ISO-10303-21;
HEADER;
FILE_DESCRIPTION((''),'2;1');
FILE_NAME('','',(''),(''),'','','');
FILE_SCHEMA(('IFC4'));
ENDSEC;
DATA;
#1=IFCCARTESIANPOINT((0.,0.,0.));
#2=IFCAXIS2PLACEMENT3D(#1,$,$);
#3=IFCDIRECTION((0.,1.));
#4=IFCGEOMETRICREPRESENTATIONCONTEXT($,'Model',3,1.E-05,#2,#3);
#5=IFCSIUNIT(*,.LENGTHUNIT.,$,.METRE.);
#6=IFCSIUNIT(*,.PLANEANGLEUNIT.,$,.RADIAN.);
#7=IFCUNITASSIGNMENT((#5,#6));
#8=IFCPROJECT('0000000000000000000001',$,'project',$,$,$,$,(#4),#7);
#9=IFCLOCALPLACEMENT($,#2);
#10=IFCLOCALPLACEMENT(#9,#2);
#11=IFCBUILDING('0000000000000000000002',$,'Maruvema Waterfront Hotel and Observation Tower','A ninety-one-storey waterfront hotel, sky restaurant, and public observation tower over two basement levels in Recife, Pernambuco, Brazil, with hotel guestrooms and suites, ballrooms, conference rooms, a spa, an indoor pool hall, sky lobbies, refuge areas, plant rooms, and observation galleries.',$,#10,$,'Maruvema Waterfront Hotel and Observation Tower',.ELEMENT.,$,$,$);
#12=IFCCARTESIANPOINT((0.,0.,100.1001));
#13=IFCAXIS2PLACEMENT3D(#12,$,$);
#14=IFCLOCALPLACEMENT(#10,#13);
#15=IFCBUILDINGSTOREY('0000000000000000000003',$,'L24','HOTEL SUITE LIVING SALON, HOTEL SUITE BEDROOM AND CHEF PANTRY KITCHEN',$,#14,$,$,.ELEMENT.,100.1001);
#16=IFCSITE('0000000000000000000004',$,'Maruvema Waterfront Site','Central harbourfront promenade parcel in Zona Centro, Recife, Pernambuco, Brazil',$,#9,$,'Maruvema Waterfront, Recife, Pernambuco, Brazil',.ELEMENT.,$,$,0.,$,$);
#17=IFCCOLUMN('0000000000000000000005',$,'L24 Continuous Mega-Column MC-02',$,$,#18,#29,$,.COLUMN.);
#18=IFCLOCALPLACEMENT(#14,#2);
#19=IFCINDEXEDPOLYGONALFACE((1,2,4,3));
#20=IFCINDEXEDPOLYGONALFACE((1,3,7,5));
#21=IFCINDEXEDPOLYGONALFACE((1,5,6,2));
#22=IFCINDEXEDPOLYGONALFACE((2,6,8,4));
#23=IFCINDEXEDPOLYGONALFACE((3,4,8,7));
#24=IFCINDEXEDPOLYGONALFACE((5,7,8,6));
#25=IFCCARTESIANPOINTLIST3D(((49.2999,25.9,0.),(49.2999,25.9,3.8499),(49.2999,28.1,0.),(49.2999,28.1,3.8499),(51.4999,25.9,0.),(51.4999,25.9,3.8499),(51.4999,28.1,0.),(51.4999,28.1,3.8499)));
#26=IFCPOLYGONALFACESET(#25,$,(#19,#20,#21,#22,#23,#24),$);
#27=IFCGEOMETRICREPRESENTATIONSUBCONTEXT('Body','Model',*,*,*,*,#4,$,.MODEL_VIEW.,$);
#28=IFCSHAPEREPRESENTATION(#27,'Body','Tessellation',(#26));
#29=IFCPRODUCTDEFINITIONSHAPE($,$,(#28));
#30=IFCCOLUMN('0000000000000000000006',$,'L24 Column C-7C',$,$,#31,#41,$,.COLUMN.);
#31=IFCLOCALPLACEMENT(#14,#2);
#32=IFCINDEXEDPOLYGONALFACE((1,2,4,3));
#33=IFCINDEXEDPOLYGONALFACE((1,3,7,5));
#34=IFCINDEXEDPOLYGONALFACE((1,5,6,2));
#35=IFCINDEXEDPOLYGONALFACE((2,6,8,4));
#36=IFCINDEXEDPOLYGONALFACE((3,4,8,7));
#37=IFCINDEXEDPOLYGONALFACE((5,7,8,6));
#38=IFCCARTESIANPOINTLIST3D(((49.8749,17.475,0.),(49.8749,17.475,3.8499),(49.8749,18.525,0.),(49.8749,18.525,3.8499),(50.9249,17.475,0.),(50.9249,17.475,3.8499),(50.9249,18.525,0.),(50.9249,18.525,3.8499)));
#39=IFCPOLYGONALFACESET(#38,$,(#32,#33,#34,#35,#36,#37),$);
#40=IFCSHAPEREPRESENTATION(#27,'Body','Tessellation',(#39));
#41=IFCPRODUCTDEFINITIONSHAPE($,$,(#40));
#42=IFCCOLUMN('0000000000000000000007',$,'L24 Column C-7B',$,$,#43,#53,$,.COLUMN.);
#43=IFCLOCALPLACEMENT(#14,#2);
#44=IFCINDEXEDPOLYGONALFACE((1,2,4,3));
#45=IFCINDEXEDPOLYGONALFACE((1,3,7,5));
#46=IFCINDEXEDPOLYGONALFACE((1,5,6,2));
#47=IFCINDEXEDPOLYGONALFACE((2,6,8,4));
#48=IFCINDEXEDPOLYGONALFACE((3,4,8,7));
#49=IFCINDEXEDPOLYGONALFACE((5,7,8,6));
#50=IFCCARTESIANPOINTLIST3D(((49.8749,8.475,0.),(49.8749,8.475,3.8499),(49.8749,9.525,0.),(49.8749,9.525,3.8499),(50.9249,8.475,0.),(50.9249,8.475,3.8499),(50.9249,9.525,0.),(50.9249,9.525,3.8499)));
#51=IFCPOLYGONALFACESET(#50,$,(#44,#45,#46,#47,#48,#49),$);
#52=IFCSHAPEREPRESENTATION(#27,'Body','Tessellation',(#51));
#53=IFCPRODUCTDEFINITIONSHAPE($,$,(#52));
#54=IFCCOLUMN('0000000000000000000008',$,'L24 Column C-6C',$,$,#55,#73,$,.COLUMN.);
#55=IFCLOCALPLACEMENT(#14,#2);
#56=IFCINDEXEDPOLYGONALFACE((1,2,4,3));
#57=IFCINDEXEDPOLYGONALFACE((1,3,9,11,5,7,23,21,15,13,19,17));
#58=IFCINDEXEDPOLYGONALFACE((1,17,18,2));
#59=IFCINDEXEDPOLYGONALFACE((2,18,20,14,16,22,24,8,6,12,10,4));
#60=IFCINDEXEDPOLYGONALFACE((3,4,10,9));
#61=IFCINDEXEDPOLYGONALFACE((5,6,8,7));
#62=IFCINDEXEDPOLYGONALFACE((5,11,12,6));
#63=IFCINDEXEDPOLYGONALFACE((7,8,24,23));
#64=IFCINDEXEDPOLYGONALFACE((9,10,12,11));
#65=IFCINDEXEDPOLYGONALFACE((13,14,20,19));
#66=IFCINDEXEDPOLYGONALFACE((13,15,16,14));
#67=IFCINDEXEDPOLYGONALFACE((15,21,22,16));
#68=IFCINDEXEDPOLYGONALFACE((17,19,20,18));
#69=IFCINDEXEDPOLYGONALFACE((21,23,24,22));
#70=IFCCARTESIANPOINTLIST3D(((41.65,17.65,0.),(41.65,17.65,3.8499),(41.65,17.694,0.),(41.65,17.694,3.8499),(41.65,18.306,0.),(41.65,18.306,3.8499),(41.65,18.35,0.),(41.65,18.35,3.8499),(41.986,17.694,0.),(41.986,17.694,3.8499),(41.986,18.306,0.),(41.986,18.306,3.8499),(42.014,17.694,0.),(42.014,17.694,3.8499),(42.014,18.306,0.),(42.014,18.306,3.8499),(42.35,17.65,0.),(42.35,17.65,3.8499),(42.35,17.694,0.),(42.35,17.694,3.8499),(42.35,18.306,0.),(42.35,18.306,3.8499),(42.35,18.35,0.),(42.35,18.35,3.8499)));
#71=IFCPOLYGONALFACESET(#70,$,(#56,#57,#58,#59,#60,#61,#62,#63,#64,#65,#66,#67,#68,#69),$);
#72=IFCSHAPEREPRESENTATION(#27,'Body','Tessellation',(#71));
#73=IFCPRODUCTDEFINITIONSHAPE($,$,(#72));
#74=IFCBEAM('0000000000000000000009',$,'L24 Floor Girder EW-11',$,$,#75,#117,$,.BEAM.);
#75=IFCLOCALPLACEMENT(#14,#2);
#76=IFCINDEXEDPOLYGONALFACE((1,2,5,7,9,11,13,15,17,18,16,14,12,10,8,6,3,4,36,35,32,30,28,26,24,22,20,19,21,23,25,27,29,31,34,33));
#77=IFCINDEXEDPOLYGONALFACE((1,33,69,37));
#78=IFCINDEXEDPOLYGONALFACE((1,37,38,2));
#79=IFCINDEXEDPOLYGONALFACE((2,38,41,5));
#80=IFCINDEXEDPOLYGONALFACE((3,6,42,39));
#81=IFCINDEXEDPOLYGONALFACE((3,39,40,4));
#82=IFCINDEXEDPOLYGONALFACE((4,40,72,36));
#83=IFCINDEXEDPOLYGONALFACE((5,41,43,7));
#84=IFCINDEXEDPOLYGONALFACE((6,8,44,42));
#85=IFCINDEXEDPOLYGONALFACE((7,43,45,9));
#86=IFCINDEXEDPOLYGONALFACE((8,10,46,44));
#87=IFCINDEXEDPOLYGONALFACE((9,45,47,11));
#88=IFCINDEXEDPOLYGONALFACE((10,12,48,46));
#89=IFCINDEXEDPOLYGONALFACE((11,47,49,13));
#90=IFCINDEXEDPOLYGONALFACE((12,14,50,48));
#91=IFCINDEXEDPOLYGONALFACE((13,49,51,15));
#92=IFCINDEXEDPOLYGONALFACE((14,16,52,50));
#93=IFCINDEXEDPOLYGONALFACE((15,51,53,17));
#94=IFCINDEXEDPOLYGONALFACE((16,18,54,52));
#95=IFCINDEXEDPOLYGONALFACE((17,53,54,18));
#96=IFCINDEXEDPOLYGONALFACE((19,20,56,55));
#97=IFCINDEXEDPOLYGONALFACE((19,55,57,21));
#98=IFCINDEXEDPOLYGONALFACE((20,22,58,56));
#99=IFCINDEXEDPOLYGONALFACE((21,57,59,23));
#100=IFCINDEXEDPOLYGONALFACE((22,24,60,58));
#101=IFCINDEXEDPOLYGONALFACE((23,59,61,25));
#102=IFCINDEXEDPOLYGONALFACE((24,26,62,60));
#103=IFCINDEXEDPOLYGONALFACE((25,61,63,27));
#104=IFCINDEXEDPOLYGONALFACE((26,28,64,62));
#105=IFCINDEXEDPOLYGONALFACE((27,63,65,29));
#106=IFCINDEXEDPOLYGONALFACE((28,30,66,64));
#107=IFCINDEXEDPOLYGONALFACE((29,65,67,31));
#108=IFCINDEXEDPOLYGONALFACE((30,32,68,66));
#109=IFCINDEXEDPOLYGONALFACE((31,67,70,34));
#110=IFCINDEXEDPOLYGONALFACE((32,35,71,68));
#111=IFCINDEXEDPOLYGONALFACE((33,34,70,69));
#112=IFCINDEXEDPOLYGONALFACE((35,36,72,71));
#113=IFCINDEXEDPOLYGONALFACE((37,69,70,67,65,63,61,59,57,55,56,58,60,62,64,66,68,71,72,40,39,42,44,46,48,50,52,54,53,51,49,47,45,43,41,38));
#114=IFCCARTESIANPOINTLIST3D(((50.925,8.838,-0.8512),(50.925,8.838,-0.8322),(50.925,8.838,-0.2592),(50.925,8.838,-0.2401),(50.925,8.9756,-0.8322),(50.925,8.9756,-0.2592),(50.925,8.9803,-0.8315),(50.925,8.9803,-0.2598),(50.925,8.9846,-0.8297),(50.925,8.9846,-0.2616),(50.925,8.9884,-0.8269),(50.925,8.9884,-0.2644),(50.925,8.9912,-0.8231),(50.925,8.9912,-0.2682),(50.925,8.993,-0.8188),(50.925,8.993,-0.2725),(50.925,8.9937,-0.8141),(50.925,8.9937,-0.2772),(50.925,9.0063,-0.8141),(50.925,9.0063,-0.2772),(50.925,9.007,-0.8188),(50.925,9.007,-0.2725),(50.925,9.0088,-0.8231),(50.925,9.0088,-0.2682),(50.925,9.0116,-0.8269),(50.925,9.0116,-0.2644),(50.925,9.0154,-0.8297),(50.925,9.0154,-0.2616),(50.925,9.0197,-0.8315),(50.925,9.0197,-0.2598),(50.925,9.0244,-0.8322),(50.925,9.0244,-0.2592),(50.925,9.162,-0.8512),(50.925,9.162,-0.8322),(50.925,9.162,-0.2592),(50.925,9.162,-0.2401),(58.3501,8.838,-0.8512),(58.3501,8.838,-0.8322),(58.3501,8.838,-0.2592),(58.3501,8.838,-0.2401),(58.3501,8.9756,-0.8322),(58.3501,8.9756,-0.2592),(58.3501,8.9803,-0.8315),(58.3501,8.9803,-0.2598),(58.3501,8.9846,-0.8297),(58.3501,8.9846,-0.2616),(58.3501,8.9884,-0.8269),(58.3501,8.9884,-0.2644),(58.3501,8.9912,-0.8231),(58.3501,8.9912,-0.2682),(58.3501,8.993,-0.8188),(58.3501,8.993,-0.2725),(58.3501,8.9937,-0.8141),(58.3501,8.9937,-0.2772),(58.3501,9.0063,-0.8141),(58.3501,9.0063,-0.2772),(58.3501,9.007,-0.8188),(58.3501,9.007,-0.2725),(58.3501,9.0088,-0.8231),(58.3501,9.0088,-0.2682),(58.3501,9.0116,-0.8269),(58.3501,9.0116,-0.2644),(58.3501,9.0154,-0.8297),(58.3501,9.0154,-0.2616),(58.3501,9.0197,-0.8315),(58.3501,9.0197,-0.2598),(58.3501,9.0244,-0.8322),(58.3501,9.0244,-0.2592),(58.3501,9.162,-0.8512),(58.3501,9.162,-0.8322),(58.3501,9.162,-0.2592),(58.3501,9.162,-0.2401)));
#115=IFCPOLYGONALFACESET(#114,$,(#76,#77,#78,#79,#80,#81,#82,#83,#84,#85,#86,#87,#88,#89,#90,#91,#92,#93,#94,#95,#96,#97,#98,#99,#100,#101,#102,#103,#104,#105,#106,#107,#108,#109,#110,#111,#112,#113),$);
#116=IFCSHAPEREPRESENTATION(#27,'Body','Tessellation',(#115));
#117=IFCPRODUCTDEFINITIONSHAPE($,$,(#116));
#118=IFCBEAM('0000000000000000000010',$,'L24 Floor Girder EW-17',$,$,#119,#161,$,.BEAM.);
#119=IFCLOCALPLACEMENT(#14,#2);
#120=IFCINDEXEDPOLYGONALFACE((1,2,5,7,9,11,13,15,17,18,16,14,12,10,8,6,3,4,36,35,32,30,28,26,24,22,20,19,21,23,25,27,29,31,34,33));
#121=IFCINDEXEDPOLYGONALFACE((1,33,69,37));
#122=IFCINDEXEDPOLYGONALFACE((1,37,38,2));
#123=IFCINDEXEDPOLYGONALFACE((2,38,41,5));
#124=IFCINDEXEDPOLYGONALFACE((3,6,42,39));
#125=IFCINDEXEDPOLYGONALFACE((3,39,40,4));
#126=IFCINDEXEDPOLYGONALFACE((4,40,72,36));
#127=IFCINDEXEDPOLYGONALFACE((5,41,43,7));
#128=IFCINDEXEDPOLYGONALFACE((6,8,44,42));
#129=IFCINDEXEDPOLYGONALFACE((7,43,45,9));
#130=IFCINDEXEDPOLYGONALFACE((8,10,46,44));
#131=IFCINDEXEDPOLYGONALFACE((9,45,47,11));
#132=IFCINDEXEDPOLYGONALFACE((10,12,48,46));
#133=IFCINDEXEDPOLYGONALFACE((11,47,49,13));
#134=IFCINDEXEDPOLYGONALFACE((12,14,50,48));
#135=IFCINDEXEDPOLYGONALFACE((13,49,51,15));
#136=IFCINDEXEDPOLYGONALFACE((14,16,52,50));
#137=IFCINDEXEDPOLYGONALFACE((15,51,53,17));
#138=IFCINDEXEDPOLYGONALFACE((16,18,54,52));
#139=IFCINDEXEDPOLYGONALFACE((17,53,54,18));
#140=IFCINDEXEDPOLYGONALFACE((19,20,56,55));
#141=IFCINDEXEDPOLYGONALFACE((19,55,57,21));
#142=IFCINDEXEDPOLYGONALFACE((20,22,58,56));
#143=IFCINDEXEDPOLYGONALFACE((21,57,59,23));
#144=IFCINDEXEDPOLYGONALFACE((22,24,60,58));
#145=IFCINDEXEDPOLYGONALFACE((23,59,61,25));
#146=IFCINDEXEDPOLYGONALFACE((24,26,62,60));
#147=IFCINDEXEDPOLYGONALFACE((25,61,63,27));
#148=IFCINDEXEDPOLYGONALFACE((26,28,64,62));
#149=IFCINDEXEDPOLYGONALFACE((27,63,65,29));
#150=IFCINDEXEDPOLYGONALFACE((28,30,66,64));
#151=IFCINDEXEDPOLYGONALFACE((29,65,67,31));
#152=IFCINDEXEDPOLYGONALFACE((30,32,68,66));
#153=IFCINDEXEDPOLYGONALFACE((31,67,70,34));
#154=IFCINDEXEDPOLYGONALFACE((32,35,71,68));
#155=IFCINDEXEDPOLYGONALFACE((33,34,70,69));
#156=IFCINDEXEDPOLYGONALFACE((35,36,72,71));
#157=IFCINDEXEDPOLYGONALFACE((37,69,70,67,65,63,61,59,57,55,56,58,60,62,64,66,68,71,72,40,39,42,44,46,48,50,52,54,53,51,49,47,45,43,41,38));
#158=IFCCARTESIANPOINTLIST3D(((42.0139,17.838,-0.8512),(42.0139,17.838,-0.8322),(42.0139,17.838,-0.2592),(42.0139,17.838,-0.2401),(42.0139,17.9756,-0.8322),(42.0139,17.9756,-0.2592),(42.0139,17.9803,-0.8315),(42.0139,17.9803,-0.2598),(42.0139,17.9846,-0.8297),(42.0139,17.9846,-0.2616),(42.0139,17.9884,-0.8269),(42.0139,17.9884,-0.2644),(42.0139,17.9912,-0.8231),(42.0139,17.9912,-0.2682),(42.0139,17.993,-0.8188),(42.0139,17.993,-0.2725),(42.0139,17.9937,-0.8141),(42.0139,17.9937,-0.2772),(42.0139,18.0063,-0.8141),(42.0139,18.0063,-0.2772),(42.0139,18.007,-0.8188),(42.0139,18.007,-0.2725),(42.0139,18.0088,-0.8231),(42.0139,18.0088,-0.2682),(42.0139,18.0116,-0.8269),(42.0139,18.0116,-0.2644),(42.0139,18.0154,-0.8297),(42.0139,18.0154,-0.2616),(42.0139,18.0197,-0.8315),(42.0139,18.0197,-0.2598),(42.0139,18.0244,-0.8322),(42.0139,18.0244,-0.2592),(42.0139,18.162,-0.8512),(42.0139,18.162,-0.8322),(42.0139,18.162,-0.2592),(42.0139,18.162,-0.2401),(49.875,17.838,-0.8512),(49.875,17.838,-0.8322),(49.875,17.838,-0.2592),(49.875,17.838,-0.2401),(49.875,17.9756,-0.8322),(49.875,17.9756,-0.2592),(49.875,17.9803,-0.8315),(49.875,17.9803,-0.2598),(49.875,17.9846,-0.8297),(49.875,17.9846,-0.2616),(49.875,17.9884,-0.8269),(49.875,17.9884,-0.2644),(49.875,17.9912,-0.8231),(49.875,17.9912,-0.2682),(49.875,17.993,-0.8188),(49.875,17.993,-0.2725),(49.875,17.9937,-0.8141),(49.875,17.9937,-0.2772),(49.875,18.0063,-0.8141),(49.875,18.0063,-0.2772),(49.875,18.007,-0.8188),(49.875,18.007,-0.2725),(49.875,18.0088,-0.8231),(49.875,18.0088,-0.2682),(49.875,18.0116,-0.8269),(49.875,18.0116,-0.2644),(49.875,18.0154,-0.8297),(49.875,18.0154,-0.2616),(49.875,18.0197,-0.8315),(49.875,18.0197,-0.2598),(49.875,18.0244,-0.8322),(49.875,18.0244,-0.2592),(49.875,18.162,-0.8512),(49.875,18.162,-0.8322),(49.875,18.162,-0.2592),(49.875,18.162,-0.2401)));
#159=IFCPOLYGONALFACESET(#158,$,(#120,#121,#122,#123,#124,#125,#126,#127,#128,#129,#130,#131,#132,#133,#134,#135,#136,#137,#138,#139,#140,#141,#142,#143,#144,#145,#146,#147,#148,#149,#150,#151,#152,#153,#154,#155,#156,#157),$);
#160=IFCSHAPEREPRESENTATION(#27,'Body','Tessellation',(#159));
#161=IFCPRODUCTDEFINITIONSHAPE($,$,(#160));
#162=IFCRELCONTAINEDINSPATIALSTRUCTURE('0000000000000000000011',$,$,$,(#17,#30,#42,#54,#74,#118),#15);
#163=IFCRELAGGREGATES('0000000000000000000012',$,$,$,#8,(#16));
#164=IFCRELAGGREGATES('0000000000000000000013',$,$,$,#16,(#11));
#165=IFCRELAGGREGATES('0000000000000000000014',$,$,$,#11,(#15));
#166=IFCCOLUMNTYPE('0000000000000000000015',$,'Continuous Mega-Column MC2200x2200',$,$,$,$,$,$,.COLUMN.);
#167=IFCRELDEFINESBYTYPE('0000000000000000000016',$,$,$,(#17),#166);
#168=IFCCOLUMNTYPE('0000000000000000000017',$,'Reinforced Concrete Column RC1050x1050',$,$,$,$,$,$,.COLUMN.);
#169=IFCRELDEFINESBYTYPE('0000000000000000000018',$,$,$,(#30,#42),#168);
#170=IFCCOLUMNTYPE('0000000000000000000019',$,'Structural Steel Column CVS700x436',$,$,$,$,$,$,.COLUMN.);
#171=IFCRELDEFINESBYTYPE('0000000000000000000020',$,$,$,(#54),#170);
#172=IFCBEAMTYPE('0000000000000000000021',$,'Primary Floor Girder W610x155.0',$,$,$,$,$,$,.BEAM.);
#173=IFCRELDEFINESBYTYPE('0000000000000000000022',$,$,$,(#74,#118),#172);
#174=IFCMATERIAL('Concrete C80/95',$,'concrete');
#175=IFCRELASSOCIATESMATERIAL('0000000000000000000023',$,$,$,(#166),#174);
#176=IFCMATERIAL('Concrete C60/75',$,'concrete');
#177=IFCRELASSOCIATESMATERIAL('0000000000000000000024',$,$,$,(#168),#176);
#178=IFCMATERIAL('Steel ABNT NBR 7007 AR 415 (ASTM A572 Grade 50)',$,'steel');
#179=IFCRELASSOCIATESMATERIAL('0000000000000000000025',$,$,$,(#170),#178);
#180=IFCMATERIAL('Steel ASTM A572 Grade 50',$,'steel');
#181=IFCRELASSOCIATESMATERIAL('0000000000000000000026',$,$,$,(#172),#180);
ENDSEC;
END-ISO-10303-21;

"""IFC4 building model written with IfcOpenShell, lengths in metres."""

from ifc_helpers import new_model, si_unit, direction, frame, origin, origin_2d, place, context, subcontext, project, spatial, rectangle, i_section, extrude, material, material_profile, profile_set, type_object, element, save


model = new_model("IFC4")

# Units and contexts
model_context = context("Model", 3, precision=1e-05, world=origin(), true_north=direction((0.0, 1.0)))
body_context = subcontext(model_context, "Body", "Model", "MODEL_VIEW")
ifc_project = project(units=[si_unit("LENGTHUNIT", "METRE"), si_unit("PLANEANGLEUNIT", "RADIAN")], contexts=[model_context])

# Site, building, storey
site_placement = place(None, origin())
site = spatial("IfcSite", under=ifc_project, at=site_placement, Name="Maruvema Waterfront Site", Description="Central harbourfront promenade parcel in Zona Centro, Recife, Pernambuco, Brazil", LongName="Maruvema Waterfront, Recife, Pernambuco, Brazil", CompositionType="ELEMENT", RefElevation=0.0)
building_placement = place(site_placement, origin())
building = spatial("IfcBuilding", under=site, at=building_placement, Name="Maruvema Waterfront Hotel and Observation Tower", Description="A ninety-one-storey waterfront hotel, sky restaurant, and public observation tower over two basement levels in Recife, Pernambuco, Brazil, with hotel guestrooms and suites, ballrooms, conference rooms, a spa, an indoor pool hall, sky lobbies, refuge areas, plant rooms, and observation galleries.", LongName="Maruvema Waterfront Hotel and Observation Tower", CompositionType="ELEMENT")
storey_placement = place(building_placement, frame((0.0, 0.0, 100.1001)))
storey = spatial("IfcBuildingStorey", under=building, at=storey_placement, Name="L24", Description="HOTEL SUITE LIVING SALON, HOTEL SUITE BEDROOM AND CHEF PANTRY KITCHEN", CompositionType="ELEMENT", Elevation=100.1001)

# Columns
ifc_material_1 = material(Name="Concrete C80/95", Category="concrete")
ifc_material_profile_1 = material_profile(ifc_material_1, rectangle(XDim=2.2, YDim=2.2, at=origin_2d()), Name="MC2200x2200")
ifc_profile_set_1 = profile_set([ifc_material_profile_1], Name="Concrete C80/95")
column_type_1 = type_object("IfcColumnType", Name="Continuous Mega-Column MC2200x2200", PredefinedType="COLUMN", material=ifc_profile_set_1)
column_1_placement = place(storey_placement, frame((50.3999, 27.0, 0.0), z_axis=(0.0, 0.0, 1.0), x_axis=(1.0, 0.0, 0.0)))
element("IfcColumn", 1, at=column_1_placement, inside=storey, type_object=column_type_1, Name="L24 Continuous Mega-Column MC-02", PredefinedType="COLUMN", context=body_context, shape_type="SweptSolid", body=[
    extrude(rectangle(XDim=2.2, YDim=2.2, at=origin_2d()), origin(), (0.0, 0.0, 1.0), 3.8499),
])
ifc_material_2 = material(Name="Concrete C60/75", Category="concrete")
ifc_material_profile_2 = material_profile(ifc_material_2, rectangle(XDim=1.05, YDim=1.05, at=origin_2d()), Name="RC1050x1050")
ifc_profile_set_2 = profile_set([ifc_material_profile_2], Name="Concrete C60/75")
column_type_2 = type_object("IfcColumnType", Name="Reinforced Concrete Column RC1050x1050", PredefinedType="COLUMN", material=ifc_profile_set_2)
for number, where, z_axis, x_axis, name in (
    (2, (50.3999, 18.0, 0.0), (0.0, 0.0, 1.0), (1.0, 0.0, 0.0), "L24 Column C-7C"),
    (3, (50.3999, 9.0, 0.0), (0.0, 0.0, 1.0), (1.0, 0.0, 0.0), "L24 Column C-7B"),
):
    element("IfcColumn", number, at=place(storey_placement, frame(where, z_axis=z_axis, x_axis=x_axis)), inside=storey, type_object=column_type_2, Name=name, PredefinedType="COLUMN", context=body_context, shape_type="SweptSolid", body=[
        extrude(rectangle(XDim=1.05, YDim=1.05, at=origin_2d()), origin(), (0.0, 0.0, 1.0), 3.8499),
    ])
ifc_material_3 = material(Name="Steel ABNT NBR 7007 AR 415 (ASTM A572 Grade 50)", Category="steel")
ifc_material_profile_3 = material_profile(ifc_material_3, i_section(OverallWidth=0.7, OverallDepth=0.7, WebThickness=0.0281, FlangeThickness=0.0439, at=origin_2d()), Name="CVS700x436")
ifc_profile_set_3 = profile_set([ifc_material_profile_3], Name="Steel ABNT NBR 7007 AR 415 (ASTM A572 Grade 50)")
column_type_3 = type_object("IfcColumnType", Name="Structural Steel Column CVS700x436", PredefinedType="COLUMN", material=ifc_profile_set_3)
column_2_placement = place(storey_placement, frame((42.0, 18.0, 0.0), z_axis=(0.0, 0.0, 1.0), x_axis=(1.0, 0.0, 0.0)))
element("IfcColumn", 4, at=column_2_placement, inside=storey, type_object=column_type_3, Name="L24 Column C-6C", PredefinedType="COLUMN", context=body_context, shape_type="SweptSolid", body=[
    extrude(i_section(OverallWidth=0.7, OverallDepth=0.7, WebThickness=0.0281, FlangeThickness=0.0439, at=origin_2d()), origin(), (0.0, 0.0, 1.0), 3.8499),
])

# Beams
ifc_material_4 = material(Name="Steel ASTM A572 Grade 50", Category="steel")
ifc_material_profile_4 = material_profile(ifc_material_4, i_section(OverallWidth=0.324, OverallDepth=0.6111, WebThickness=0.0127, FlangeThickness=0.019, FilletRadius=0.0181, at=origin_2d()), Name="W610x155.0")
ifc_profile_set_4 = profile_set([ifc_material_profile_4], Name="Steel ASTM A572 Grade 50")
beam_type_1 = type_object("IfcBeamType", Name="Primary Floor Girder W610x155.0", PredefinedType="BEAM", material=ifc_profile_set_4)
beam_1_placement = place(storey_placement, frame((50.925, 9.0, -0.5457), z_axis=(1.0, 0.0, 0.0), x_axis=(0.0, 1.0, 0.0)))
element("IfcBeam", 5, at=beam_1_placement, inside=storey, type_object=beam_type_1, Name="L24 Floor Girder EW-11", PredefinedType="BEAM", context=body_context, shape_type="SweptSolid", body=[
    extrude(i_section(OverallWidth=0.324, OverallDepth=0.6111, WebThickness=0.0127, FlangeThickness=0.019, FilletRadius=0.0181, at=origin_2d()), origin(), (0.0, 0.0, 1.0), 7.425),
])
beam_2_placement = place(storey_placement, frame((42.0139, 18.0, -0.5457), z_axis=(1.0, 0.0, 0.0), x_axis=(0.0, 1.0, 0.0)))
element("IfcBeam", 6, at=beam_2_placement, inside=storey, type_object=beam_type_1, Name="L24 Floor Girder EW-17", PredefinedType="BEAM", context=body_context, shape_type="SweptSolid", body=[
    extrude(i_section(OverallWidth=0.324, OverallDepth=0.6111, WebThickness=0.0127, FlangeThickness=0.019, FilletRadius=0.0181, at=origin_2d()), origin(), (0.0, 0.0, 1.0), 7.8611),
])

save(model, "model.ifc")
